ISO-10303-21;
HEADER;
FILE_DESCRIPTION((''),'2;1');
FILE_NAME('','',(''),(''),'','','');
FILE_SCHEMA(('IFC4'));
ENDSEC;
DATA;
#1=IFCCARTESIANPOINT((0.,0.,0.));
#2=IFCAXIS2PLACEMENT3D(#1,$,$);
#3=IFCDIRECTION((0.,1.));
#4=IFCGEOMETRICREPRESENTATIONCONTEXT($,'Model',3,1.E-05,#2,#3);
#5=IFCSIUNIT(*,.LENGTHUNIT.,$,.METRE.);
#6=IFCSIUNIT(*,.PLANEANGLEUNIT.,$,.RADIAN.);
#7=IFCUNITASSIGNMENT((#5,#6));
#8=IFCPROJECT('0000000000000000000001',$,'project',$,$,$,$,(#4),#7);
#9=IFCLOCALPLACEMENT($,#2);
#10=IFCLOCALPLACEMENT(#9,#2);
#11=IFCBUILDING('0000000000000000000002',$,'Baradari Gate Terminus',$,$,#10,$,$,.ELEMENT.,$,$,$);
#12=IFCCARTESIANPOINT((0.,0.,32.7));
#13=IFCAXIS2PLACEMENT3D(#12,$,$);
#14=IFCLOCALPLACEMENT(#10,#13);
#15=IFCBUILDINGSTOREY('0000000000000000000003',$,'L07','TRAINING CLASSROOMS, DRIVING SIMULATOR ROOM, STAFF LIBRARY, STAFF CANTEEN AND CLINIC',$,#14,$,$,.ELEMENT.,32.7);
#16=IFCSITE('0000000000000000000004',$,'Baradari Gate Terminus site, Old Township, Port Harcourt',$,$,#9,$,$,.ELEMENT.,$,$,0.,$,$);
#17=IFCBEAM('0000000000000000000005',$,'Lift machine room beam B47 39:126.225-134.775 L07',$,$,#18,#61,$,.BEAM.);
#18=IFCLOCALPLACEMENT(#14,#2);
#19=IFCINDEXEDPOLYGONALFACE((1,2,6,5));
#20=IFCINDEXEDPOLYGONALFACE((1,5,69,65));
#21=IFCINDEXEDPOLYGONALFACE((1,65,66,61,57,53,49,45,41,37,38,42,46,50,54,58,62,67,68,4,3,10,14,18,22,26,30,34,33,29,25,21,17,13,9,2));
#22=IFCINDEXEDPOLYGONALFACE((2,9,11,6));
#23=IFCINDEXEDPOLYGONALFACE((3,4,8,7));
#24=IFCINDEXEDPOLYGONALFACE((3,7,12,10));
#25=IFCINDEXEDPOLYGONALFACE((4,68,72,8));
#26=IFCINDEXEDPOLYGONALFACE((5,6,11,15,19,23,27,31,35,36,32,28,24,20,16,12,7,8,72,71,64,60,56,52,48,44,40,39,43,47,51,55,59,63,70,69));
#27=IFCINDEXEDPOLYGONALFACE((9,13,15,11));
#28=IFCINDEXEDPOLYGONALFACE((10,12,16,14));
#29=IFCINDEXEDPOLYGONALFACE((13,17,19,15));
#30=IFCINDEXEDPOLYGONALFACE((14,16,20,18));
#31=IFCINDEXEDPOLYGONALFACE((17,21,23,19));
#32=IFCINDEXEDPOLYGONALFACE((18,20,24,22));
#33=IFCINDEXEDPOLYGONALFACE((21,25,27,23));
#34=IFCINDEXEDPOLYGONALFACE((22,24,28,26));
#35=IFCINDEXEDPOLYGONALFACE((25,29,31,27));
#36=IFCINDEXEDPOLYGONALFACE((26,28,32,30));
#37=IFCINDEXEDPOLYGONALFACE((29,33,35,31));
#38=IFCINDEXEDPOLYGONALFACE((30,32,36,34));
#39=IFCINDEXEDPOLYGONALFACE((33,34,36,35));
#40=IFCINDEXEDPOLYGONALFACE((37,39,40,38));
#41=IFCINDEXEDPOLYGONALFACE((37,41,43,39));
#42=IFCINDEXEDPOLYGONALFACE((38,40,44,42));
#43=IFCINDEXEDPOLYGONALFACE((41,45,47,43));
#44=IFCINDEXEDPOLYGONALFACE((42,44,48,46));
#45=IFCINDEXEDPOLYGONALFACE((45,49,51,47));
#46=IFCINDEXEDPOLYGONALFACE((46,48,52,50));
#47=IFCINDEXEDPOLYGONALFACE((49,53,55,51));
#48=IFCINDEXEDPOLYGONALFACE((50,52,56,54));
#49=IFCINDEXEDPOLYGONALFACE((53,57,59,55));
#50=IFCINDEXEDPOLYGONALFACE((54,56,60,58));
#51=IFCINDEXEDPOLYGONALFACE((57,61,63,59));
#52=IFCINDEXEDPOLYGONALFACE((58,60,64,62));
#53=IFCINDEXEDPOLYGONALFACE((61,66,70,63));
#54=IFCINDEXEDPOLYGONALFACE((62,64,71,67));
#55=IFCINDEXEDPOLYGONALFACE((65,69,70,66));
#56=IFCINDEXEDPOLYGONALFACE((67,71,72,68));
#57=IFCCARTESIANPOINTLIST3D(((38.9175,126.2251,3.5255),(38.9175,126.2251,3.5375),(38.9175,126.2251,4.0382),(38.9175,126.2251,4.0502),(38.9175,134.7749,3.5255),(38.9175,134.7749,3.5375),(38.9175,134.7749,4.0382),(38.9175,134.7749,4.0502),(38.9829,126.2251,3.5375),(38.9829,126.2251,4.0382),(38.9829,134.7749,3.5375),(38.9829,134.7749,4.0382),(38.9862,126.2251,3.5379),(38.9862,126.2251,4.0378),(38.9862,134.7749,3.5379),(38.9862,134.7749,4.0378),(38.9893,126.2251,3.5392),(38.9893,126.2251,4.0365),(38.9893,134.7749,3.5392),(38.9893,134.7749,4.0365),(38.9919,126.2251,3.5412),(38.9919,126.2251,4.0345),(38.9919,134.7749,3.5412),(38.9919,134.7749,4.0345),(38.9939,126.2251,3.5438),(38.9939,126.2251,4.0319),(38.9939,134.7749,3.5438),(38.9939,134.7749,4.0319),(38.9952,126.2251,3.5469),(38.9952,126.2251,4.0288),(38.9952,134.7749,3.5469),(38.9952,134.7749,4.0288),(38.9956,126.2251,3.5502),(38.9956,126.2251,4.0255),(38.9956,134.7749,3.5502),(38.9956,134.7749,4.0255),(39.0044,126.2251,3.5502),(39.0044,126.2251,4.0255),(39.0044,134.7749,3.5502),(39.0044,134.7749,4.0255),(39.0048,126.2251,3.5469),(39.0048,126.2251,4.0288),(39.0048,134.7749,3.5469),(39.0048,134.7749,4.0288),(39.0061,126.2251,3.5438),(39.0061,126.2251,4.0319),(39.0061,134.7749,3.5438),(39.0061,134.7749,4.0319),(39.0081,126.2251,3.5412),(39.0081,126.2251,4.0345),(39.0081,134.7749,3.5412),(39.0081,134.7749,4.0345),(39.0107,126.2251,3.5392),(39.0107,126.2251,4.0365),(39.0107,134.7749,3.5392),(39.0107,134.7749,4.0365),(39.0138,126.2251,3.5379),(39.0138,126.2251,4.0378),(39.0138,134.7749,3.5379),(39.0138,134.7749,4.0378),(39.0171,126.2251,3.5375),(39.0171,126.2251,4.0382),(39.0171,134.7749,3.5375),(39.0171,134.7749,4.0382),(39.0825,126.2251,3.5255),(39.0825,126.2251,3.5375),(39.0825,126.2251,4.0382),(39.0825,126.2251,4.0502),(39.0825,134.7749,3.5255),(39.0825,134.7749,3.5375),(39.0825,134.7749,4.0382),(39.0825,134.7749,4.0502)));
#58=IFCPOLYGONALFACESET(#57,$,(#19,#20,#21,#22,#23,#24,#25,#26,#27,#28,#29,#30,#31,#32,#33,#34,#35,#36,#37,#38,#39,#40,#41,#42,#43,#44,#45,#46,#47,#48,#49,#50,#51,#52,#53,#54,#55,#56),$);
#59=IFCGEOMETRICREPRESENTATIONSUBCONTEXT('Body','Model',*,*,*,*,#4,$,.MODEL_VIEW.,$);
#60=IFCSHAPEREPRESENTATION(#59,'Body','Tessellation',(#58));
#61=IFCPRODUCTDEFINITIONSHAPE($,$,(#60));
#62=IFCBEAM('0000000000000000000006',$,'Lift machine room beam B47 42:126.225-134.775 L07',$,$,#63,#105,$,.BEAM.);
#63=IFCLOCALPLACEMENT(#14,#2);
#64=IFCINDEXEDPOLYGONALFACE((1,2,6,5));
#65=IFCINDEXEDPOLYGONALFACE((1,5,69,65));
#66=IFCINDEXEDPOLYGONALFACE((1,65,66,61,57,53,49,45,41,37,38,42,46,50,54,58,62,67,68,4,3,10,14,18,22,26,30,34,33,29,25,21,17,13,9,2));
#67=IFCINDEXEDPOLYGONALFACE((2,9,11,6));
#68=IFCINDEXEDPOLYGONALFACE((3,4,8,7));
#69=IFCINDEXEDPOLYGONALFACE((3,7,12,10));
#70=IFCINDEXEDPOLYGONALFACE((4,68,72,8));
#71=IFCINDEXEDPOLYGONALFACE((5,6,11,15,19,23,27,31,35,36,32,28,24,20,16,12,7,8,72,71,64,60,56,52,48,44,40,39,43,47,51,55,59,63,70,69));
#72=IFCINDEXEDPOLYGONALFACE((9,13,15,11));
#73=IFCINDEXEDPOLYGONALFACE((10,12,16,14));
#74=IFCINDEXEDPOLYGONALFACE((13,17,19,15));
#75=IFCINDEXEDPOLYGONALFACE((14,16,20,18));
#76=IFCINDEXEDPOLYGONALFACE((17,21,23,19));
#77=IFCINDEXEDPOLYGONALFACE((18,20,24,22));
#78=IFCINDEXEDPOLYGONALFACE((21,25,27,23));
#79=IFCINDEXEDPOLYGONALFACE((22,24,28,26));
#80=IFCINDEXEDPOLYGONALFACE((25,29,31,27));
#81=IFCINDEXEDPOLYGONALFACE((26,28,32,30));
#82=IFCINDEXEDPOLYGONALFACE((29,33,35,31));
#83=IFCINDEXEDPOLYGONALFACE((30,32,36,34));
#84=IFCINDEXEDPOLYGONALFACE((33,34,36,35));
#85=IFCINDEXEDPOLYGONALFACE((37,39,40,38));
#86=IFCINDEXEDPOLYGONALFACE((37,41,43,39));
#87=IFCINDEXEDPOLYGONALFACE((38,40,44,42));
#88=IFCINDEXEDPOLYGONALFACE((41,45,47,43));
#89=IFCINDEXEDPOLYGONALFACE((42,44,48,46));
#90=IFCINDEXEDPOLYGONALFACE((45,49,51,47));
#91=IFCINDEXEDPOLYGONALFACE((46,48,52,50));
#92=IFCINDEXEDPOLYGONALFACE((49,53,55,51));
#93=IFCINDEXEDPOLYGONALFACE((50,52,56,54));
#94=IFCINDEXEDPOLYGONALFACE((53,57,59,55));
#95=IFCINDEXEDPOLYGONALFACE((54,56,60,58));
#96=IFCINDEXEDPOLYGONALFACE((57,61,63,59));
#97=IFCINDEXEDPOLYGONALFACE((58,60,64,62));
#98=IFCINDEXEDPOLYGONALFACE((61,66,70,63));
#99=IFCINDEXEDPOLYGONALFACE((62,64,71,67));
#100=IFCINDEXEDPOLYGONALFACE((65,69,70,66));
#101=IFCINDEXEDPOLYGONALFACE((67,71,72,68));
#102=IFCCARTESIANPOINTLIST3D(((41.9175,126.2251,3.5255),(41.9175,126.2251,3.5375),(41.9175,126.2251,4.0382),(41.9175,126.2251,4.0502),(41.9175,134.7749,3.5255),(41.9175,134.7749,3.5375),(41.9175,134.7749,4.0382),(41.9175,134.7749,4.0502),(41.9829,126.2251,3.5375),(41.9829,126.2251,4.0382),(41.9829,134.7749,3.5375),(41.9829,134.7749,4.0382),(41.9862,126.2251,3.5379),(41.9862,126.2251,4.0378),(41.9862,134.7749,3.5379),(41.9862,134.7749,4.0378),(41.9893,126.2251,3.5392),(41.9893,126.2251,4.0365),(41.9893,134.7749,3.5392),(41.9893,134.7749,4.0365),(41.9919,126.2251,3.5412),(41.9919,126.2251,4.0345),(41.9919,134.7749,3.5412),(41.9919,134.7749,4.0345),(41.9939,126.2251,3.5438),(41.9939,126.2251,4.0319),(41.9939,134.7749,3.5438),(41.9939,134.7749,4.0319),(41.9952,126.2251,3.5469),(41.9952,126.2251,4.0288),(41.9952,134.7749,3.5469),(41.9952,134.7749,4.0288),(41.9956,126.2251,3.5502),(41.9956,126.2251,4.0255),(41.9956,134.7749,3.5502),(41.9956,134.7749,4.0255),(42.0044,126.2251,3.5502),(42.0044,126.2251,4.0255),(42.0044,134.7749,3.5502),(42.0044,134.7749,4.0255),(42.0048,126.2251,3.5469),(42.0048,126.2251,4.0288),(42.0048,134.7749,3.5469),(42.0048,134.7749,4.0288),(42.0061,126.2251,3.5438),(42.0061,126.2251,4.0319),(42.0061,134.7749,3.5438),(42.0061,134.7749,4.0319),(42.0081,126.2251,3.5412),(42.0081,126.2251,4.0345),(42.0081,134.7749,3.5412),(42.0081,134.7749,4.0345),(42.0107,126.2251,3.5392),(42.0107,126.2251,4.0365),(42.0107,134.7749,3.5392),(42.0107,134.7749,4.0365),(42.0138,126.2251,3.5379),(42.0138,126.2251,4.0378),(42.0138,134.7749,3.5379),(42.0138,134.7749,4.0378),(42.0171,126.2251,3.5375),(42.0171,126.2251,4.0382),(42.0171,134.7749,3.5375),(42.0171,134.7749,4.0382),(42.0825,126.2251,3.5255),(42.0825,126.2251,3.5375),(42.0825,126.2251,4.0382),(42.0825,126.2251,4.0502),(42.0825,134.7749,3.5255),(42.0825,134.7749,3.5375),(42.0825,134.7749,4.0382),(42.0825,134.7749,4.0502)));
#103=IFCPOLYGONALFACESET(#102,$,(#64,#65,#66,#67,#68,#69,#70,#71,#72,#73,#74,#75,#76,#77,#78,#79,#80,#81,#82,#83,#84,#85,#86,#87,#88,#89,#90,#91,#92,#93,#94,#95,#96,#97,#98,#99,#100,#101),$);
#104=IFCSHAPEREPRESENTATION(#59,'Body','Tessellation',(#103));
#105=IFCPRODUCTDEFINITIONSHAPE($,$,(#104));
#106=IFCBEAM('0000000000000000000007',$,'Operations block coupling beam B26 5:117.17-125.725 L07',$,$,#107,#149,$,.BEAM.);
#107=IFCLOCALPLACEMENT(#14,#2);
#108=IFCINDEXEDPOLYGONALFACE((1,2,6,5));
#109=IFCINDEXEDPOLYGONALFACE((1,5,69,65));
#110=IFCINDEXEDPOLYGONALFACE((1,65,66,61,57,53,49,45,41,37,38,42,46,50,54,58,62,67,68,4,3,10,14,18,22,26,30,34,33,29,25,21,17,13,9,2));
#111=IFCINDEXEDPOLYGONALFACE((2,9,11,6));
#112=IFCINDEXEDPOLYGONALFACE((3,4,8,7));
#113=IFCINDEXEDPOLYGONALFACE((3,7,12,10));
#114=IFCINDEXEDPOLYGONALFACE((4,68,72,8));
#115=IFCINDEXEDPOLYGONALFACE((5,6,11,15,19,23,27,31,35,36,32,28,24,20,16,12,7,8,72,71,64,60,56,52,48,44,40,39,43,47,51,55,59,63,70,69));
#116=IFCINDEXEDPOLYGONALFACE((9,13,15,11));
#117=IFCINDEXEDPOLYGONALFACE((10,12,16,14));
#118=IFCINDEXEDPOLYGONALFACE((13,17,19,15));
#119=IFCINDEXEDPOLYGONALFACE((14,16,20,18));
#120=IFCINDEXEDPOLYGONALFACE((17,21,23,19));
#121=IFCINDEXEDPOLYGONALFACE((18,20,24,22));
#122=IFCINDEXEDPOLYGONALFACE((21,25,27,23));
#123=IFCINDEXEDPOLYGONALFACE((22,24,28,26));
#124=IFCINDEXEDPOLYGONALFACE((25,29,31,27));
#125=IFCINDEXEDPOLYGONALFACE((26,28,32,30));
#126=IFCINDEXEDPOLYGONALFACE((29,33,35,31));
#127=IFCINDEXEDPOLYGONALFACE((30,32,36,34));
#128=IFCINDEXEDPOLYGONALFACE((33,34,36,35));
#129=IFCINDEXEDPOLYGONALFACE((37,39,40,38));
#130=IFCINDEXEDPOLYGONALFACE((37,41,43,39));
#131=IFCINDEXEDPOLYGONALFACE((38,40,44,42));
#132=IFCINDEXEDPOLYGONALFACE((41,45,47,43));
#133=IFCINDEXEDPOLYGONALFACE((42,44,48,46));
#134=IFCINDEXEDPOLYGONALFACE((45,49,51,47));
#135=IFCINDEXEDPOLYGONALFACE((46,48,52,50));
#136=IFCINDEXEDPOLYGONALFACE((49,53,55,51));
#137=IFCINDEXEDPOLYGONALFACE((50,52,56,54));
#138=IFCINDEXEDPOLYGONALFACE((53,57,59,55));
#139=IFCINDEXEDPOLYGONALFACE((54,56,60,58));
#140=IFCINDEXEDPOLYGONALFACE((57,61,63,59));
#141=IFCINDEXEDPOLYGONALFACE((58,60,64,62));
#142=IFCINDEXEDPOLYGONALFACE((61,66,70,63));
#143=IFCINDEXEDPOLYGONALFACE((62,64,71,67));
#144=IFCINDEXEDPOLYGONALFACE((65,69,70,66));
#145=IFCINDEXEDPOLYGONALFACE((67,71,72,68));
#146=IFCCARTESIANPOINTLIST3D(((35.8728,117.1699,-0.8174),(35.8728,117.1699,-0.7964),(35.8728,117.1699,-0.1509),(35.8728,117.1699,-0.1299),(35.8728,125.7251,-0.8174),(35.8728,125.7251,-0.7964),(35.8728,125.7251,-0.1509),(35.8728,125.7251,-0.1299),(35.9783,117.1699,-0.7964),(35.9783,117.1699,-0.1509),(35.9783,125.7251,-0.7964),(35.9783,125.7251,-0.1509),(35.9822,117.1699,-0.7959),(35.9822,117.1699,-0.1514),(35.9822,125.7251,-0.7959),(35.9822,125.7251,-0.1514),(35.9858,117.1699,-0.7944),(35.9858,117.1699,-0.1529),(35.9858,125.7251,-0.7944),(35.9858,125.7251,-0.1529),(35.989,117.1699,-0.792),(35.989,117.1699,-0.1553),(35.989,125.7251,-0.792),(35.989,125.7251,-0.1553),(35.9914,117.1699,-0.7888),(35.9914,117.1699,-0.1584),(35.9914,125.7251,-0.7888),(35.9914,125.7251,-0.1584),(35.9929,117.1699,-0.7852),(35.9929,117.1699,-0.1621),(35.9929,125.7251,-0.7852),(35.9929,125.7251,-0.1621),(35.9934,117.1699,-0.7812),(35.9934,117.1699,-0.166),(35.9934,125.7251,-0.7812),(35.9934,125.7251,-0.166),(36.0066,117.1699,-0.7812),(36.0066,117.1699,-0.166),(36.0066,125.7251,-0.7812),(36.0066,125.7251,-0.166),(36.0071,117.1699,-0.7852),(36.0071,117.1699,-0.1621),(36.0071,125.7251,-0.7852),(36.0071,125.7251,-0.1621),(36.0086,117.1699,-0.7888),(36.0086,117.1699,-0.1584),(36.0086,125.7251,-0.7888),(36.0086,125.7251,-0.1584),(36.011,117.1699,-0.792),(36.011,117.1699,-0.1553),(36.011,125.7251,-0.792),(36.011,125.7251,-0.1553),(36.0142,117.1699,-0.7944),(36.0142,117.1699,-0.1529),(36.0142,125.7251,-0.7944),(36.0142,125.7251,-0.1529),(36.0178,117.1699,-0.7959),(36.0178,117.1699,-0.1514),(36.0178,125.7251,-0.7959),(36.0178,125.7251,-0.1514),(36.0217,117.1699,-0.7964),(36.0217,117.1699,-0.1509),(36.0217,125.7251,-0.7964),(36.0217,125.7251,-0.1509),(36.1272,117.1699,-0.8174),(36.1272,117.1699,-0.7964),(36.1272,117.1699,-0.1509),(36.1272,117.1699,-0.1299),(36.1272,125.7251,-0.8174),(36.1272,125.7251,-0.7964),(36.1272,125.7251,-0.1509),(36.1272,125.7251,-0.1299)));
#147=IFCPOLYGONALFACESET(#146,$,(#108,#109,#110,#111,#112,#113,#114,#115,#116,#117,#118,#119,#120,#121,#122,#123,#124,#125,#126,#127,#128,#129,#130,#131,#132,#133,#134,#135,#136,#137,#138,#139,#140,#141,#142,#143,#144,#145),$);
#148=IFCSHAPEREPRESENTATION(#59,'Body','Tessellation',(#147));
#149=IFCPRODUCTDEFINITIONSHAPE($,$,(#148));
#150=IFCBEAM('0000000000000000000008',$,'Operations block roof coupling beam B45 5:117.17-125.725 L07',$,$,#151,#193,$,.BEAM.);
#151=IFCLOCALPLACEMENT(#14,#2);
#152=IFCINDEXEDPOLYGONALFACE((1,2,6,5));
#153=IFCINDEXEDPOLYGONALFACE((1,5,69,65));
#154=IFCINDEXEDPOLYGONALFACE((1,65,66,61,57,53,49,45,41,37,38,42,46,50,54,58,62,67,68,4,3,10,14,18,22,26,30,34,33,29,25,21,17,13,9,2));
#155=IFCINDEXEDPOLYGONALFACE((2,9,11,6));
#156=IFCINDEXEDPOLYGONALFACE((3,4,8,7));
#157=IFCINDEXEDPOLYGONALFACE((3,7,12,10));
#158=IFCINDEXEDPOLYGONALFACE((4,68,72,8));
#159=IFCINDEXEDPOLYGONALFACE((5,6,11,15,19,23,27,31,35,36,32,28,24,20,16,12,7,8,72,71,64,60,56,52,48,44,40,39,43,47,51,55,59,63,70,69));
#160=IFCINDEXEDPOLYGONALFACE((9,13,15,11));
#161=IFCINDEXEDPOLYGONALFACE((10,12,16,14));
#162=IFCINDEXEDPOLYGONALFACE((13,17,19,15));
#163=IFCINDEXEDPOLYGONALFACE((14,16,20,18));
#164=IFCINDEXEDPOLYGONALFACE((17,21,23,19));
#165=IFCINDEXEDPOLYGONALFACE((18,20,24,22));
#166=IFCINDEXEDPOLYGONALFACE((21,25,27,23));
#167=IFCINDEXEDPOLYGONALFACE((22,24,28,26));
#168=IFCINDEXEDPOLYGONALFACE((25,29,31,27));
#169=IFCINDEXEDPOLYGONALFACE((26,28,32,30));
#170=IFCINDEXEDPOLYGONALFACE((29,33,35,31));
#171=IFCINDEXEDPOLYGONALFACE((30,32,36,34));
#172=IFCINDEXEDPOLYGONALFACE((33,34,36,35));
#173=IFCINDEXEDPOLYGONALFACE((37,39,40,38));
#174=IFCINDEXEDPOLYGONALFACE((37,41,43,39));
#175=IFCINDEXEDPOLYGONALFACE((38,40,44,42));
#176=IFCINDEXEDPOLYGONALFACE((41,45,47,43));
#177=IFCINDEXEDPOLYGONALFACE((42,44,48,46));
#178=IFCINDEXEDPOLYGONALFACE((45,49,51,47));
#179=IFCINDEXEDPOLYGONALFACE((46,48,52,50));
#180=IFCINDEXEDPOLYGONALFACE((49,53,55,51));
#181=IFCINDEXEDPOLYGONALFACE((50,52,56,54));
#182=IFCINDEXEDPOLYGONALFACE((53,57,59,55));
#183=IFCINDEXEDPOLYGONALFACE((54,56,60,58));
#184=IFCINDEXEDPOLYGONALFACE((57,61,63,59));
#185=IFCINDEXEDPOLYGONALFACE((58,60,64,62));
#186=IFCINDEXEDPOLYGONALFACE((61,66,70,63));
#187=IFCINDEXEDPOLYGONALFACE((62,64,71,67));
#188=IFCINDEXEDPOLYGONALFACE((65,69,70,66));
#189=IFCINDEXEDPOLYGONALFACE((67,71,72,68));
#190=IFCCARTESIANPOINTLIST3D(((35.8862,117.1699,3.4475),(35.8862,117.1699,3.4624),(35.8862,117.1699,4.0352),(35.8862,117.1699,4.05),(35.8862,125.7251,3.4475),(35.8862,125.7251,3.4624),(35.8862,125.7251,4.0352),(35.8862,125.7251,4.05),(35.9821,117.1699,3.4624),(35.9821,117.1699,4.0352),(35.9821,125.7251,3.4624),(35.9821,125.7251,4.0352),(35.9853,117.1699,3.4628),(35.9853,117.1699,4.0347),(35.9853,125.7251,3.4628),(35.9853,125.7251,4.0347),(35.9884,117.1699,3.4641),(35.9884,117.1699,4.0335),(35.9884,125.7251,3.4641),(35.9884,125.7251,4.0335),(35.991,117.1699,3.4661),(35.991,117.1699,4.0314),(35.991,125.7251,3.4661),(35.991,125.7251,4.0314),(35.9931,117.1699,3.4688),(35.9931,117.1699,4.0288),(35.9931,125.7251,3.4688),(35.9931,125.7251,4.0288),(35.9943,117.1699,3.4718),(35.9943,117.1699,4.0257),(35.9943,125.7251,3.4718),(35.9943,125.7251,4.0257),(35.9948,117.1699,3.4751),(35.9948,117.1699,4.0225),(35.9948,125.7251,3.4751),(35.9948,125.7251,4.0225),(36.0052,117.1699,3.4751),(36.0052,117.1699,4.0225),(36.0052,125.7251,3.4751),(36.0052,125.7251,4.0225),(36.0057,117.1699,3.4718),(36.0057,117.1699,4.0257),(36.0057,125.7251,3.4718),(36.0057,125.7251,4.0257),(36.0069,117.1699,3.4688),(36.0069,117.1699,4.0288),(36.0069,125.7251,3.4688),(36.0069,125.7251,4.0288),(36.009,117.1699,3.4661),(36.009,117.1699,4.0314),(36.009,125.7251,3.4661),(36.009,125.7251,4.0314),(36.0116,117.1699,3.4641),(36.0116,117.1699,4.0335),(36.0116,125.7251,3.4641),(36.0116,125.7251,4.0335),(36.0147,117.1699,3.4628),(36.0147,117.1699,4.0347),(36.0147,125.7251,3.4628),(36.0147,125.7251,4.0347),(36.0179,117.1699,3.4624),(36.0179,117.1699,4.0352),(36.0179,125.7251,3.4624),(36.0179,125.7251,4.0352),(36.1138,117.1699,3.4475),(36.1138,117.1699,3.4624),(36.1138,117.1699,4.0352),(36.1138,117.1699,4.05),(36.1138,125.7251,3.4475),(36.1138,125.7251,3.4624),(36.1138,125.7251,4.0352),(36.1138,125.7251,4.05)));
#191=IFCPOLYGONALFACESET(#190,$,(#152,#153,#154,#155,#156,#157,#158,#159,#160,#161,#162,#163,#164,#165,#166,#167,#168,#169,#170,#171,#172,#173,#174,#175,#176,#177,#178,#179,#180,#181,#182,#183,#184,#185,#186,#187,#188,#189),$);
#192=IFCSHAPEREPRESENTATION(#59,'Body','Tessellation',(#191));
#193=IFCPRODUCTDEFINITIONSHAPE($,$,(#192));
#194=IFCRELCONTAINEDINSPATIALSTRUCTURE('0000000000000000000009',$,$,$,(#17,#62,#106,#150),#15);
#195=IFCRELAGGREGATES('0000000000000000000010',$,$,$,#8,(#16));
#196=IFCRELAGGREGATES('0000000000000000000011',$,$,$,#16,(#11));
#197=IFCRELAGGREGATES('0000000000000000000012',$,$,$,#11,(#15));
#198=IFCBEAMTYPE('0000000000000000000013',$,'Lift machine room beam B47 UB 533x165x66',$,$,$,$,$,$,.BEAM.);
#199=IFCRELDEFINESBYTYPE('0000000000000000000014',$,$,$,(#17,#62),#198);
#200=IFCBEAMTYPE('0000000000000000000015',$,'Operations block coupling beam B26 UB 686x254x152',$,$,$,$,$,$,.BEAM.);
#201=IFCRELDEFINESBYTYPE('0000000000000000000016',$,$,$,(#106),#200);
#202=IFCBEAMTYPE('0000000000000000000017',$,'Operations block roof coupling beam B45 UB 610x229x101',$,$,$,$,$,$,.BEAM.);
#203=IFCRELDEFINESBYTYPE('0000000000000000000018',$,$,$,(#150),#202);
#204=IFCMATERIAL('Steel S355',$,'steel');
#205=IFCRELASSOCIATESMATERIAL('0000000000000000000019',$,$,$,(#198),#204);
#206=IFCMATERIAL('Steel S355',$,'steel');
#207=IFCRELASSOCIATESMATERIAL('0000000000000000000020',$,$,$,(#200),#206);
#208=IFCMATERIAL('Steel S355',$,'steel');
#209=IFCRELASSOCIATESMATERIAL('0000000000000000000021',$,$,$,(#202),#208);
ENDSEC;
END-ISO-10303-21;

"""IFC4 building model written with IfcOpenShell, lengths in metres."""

from ifc_helpers import new_model, si_unit, direction, frame, origin, origin_2d, place, context, subcontext, project, spatial, i_section, extrude, material, material_profile, profile_set, type_object, element, save


model = new_model("IFC4")

# Units and contexts
model_context = context("Model", 3, precision=1e-05, world=origin(), true_north=direction((0.0, 1.0)))
body_context = subcontext(model_context, "Body", "Model", "MODEL_VIEW")
ifc_project = project(units=[si_unit("LENGTHUNIT", "METRE"), si_unit("PLANEANGLEUNIT", "RADIAN")], contexts=[model_context])

# Site, building, storey
site_placement = place(None, origin())
site = spatial("IfcSite", under=ifc_project, at=site_placement, Name="Baradari Gate Terminus site, Old Township, Port Harcourt", CompositionType="ELEMENT", RefElevation=0.0)
building_placement = place(site_placement, origin())
building = spatial("IfcBuilding", under=site, at=building_placement, Name="Baradari Gate Terminus", CompositionType="ELEMENT")
storey_placement = place(building_placement, frame((0.0, 0.0, 32.7)))
storey = spatial("IfcBuildingStorey", under=building, at=storey_placement, Name="L07", Description="TRAINING CLASSROOMS, DRIVING SIMULATOR ROOM, STAFF LIBRARY, STAFF CANTEEN AND CLINIC", CompositionType="ELEMENT", Elevation=32.7)

# Beams
ifc_material_1 = material(Name="Steel S355", Category="steel")
ifc_material_profile_1 = material_profile(ifc_material_1, i_section(OverallWidth=0.165, OverallDepth=0.5247, WebThickness=0.0088, FlangeThickness=0.012, FilletRadius=0.0127, at=origin_2d()), Name="UB 533x165x66")
ifc_profile_set_1 = profile_set([ifc_material_profile_1], Name="Steel S355")
beam_type_1 = type_object("IfcBeamType", Name="Lift machine room beam B47 UB 533x165x66", PredefinedType="BEAM", material=ifc_profile_set_1)
for number, where, z_axis, x_axis, name in (
    (1, (39.0, 126.2251, 3.7878), (0.0, 1.0, 0.0), (-1.0, 0.0, 0.0), "Lift machine room beam B47 39:126.225-134.775 L07"),
    (2, (42.0, 126.2251, 3.7878), (0.0, 1.0, 0.0), (-1.0, 0.0, 0.0), "Lift machine room beam B47 42:126.225-134.775 L07"),
):
    element("IfcBeam", number, at=place(storey_placement, frame(where, z_axis=z_axis, x_axis=x_axis)), inside=storey, type_object=beam_type_1, Name=name, PredefinedType="BEAM", context=body_context, shape_type="SweptSolid", body=[
        extrude(i_section(OverallWidth=0.165, OverallDepth=0.5247, WebThickness=0.0088, FlangeThickness=0.012, FilletRadius=0.0127, at=origin_2d()), origin(), (0.0, 0.0, 1.0), 8.5498),
    ])
ifc_material_2 = material(Name="Steel S355", Category="steel")
ifc_material_profile_2 = material_profile(ifc_material_2, i_section(OverallWidth=0.2544, OverallDepth=0.6875, WebThickness=0.0132, FlangeThickness=0.021, FilletRadius=0.0151, at=origin_2d()), Name="UB 686x254x152")
ifc_profile_set_2 = profile_set([ifc_material_profile_2], Name="Steel S355")
beam_type_2 = type_object("IfcBeamType", Name="Operations block coupling beam B26 UB 686x254x152", PredefinedType="BEAM", material=ifc_profile_set_2)
beam_1_placement = place(storey_placement, frame((36.0, 117.1699, -0.4736), z_axis=(0.0, 1.0, 0.0), x_axis=(-1.0, 0.0, 0.0)))
element("IfcBeam", 3, at=beam_1_placement, inside=storey, type_object=beam_type_2, Name="Operations block coupling beam B26 5:117.17-125.725 L07", PredefinedType="BEAM", context=body_context, shape_type="SweptSolid", body=[
    extrude(i_section(OverallWidth=0.2544, OverallDepth=0.6875, WebThickness=0.0132, FlangeThickness=0.021, FilletRadius=0.0151, at=origin_2d()), origin(), (0.0, 0.0, 1.0), 8.5552),
])
ifc_material_3 = material(Name="Steel S355", Category="steel")
ifc_material_profile_3 = material_profile(ifc_material_3, i_section(OverallWidth=0.2275, OverallDepth=0.6025, WebThickness=0.0105, FlangeThickness=0.0149, FilletRadius=0.0127, at=origin_2d()), Name="UB 610x229x101")
ifc_profile_set_3 = profile_set([ifc_material_profile_3], Name="Steel S355")
beam_type_3 = type_object("IfcBeamType", Name="Operations block roof coupling beam B45 UB 610x229x101", PredefinedType="BEAM", material=ifc_profile_set_3)
beam_2_placement = place(storey_placement, frame((36.0, 117.1699, 3.7488), z_axis=(0.0, 1.0, 0.0), x_axis=(-1.0, 0.0, 0.0)))
element("IfcBeam", 4, at=beam_2_placement, inside=storey, type_object=beam_type_3, Name="Operations block roof coupling beam B45 5:117.17-125.725 L07", PredefinedType="BEAM", context=body_context, shape_type="SweptSolid", body=[
    extrude(i_section(OverallWidth=0.2275, OverallDepth=0.6025, WebThickness=0.0105, FlangeThickness=0.0149, FilletRadius=0.0127, at=origin_2d()), origin(), (0.0, 0.0, 1.0), 8.5552),
])

save(model, "model.ifc")
